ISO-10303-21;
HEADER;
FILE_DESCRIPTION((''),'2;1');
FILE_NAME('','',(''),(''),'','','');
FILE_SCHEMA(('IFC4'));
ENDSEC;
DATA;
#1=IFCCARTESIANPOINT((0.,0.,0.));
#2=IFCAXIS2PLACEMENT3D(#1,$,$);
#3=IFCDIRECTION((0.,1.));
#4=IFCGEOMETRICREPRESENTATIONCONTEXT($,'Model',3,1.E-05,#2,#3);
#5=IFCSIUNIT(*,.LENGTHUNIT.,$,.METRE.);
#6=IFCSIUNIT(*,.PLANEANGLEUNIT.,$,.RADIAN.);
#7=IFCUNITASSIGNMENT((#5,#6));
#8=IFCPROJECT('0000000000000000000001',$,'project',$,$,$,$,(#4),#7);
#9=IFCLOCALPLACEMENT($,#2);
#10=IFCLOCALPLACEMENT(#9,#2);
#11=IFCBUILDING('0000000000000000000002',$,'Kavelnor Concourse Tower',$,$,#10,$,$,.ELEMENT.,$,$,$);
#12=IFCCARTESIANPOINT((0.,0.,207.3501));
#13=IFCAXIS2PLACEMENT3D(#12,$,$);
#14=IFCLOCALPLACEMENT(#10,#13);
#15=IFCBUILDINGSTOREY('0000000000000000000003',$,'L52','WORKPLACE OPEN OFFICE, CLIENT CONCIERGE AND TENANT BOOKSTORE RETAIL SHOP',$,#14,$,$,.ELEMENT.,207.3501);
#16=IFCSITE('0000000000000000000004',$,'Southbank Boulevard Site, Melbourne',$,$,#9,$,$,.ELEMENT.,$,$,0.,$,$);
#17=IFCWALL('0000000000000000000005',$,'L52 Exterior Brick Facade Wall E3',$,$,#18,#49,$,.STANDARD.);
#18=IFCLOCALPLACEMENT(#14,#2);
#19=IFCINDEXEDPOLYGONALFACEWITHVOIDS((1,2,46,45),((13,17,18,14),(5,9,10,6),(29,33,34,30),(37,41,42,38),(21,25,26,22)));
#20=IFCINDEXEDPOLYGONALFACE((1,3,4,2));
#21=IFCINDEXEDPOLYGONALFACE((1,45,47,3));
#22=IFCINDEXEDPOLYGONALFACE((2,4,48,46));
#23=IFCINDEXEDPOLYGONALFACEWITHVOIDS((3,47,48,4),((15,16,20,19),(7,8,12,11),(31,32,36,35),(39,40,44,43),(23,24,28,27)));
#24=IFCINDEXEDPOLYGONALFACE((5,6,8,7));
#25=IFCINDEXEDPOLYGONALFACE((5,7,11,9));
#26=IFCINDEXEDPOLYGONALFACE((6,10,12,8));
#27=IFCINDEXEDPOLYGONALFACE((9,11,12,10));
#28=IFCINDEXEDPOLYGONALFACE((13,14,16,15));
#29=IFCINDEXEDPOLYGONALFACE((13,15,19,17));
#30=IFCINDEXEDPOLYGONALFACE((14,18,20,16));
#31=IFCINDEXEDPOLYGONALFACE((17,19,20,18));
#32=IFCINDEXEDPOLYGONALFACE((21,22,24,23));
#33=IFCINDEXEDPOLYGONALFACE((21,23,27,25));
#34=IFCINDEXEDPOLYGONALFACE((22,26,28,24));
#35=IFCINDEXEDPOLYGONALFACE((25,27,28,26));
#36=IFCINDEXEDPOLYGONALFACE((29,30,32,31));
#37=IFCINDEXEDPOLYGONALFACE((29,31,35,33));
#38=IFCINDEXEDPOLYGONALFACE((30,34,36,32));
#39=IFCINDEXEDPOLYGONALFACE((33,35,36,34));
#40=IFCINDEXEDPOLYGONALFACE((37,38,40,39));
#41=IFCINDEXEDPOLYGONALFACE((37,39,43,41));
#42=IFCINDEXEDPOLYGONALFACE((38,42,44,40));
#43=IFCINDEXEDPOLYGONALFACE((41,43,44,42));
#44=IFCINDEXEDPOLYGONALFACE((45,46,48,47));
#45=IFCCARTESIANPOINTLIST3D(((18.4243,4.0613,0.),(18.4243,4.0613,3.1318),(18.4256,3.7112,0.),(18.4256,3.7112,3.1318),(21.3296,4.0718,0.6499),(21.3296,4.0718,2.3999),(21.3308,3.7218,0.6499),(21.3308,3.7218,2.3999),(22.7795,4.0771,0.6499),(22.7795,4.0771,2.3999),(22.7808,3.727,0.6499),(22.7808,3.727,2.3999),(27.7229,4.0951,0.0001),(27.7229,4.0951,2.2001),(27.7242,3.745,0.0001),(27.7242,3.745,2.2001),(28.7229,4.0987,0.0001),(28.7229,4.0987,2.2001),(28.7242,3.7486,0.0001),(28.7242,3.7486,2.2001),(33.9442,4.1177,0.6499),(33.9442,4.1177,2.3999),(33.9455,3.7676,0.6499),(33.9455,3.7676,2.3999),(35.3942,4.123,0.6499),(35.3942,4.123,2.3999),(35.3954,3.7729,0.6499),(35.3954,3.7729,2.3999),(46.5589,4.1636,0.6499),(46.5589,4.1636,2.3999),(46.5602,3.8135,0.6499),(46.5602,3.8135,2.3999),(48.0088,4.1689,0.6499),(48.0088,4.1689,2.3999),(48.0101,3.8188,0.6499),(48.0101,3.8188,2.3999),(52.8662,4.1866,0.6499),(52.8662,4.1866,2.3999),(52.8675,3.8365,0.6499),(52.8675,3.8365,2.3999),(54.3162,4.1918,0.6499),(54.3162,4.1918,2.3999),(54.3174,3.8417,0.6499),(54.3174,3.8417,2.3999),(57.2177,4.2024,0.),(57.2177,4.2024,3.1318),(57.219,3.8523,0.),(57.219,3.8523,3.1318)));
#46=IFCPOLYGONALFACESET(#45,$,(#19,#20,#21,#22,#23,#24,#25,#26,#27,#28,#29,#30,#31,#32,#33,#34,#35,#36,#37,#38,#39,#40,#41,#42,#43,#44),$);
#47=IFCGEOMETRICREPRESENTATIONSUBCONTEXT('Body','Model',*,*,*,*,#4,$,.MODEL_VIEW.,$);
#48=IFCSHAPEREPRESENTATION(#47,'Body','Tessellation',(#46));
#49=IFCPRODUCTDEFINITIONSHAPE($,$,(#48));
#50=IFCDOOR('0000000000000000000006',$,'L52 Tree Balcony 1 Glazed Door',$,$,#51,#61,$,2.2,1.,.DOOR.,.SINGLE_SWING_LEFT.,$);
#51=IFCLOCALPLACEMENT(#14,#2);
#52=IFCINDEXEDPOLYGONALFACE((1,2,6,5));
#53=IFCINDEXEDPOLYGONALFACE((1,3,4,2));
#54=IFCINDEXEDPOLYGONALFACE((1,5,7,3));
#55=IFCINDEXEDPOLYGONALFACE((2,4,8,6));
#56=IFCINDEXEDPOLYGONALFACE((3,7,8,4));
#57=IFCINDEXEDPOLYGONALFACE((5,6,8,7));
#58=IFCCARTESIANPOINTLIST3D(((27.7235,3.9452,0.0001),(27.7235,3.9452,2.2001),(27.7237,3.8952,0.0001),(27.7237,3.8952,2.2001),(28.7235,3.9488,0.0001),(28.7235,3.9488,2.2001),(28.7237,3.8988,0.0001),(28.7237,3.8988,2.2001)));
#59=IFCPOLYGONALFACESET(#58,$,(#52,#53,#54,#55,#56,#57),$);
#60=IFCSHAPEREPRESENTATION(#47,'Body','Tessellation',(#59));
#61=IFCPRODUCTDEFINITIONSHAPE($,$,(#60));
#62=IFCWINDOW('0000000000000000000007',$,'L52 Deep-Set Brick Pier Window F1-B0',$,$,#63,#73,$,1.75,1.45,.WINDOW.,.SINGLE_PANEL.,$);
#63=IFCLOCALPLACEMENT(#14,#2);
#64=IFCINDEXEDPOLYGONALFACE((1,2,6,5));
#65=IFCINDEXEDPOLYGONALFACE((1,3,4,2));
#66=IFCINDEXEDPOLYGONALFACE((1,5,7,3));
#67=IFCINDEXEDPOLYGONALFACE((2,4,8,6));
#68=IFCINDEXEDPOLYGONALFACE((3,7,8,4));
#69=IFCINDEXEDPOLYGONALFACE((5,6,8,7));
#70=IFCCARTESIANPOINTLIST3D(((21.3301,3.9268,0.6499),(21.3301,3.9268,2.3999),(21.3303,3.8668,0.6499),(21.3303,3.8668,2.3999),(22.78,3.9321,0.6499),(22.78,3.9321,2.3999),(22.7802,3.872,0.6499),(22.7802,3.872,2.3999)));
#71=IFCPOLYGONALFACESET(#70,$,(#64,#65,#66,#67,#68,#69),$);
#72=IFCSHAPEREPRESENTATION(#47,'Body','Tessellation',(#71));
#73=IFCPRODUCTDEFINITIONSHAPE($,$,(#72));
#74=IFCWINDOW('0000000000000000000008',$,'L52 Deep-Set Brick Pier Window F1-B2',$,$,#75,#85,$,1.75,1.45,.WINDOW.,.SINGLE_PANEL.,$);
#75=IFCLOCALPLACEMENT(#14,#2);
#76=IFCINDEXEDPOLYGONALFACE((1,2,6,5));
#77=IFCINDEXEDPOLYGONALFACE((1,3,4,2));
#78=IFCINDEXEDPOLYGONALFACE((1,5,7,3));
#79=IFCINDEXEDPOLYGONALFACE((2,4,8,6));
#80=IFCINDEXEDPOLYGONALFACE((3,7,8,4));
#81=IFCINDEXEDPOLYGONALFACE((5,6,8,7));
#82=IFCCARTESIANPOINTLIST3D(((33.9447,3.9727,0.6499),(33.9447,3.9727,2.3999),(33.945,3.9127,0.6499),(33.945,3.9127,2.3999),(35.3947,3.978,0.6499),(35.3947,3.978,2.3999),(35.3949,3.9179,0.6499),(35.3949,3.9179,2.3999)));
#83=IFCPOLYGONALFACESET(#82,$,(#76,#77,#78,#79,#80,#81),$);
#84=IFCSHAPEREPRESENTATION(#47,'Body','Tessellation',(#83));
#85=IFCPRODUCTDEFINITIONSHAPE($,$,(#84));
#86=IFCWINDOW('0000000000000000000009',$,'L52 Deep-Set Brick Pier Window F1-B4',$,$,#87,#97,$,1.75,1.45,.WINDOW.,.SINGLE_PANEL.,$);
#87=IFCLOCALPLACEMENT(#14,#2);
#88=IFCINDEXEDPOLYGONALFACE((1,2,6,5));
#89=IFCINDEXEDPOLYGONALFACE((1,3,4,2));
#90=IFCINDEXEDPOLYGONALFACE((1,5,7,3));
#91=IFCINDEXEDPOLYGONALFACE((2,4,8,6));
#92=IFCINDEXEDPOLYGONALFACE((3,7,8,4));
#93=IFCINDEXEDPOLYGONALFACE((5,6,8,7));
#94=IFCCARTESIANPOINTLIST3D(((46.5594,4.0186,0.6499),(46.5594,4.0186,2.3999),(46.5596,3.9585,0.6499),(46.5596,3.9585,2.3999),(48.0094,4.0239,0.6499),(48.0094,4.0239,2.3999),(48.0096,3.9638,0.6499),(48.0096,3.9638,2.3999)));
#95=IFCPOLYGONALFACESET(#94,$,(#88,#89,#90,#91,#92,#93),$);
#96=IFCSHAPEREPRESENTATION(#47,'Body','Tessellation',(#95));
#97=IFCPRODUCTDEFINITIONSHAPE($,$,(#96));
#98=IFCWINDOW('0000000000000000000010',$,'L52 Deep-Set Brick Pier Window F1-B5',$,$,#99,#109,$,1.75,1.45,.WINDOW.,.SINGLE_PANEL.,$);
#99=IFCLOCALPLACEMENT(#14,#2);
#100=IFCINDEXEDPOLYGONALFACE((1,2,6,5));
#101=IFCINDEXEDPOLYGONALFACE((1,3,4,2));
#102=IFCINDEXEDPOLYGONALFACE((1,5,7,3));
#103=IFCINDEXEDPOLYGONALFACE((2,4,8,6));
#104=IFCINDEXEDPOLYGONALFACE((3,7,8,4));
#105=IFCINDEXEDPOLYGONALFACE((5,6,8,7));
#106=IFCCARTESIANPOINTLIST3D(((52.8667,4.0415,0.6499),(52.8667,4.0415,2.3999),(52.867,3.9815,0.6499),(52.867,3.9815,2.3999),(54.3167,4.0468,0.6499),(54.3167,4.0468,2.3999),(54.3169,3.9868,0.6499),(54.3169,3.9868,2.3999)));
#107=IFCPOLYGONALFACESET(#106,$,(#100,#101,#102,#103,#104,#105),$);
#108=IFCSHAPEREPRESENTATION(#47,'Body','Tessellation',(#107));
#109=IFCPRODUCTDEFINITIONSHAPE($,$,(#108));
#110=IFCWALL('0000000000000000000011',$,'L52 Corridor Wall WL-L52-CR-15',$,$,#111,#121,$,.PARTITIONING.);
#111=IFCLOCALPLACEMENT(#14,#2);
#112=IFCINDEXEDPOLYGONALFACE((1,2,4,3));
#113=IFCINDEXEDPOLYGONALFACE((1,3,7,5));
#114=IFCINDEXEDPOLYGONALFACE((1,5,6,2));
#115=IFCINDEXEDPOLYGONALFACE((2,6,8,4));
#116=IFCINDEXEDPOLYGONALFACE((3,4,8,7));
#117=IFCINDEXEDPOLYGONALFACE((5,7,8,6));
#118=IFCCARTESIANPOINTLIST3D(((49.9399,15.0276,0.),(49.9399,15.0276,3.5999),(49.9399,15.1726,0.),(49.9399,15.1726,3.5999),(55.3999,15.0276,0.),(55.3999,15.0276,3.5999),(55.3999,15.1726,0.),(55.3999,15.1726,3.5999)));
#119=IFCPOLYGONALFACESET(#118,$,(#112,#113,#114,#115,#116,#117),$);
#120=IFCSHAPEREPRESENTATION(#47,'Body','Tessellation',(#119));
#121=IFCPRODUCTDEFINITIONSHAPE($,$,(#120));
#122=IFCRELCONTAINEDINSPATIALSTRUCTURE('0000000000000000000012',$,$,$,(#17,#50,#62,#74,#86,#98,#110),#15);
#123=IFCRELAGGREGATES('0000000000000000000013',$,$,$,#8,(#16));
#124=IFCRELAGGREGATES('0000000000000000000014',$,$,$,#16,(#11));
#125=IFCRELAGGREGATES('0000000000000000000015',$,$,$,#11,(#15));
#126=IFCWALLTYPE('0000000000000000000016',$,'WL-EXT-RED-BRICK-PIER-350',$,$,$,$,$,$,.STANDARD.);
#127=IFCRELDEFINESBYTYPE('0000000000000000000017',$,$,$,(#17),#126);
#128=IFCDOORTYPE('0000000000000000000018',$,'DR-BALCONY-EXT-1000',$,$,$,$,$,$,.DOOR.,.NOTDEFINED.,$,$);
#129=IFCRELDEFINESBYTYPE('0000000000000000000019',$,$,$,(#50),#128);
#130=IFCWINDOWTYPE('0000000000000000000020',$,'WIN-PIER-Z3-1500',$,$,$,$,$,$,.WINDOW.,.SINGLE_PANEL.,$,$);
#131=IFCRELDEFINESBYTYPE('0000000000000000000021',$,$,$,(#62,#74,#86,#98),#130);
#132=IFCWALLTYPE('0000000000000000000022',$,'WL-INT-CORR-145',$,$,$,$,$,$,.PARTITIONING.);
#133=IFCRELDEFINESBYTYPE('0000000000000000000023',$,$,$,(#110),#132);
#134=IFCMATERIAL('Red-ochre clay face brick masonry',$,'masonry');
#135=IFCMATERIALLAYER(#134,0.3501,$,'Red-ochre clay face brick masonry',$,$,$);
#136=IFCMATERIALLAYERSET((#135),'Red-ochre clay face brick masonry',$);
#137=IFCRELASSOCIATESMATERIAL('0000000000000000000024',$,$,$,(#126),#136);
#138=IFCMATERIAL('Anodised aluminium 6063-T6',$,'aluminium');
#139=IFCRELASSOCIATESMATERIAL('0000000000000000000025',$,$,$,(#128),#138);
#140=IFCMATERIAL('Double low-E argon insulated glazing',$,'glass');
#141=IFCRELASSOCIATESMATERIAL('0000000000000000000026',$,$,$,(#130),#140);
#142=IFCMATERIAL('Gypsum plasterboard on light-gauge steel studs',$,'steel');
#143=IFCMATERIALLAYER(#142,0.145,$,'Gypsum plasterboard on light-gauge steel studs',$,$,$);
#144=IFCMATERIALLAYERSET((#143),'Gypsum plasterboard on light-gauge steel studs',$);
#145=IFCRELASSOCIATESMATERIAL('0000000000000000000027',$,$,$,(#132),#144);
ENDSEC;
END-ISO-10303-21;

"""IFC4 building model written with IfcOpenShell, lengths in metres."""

from ifc_helpers import new_model, si_unit, direction, frame, frame_2d, origin, place, context, subcontext, project, spatial, rectangle, extrude, material, layer, layer_set, type_object, element, fill, save


model = new_model("IFC4")

# Units and contexts
model_context = context("Model", 3, precision=1e-05, world=origin(), true_north=direction((0.0, 1.0)))
body_context = subcontext(model_context, "Body", "Model", "MODEL_VIEW")
ifc_project = project(units=[si_unit("LENGTHUNIT", "METRE"), si_unit("PLANEANGLEUNIT", "RADIAN")], contexts=[model_context])

# Site, building, storey
site_placement = place(None, origin())
site = spatial("IfcSite", under=ifc_project, at=site_placement, Name="Southbank Boulevard Site, Melbourne", CompositionType="ELEMENT", RefElevation=0.0)
building_placement = place(site_placement, origin())
building = spatial("IfcBuilding", under=site, at=building_placement, Name="Kavelnor Concourse Tower", CompositionType="ELEMENT")
storey_placement = place(building_placement, frame((0.0, 0.0, 207.3501)))
storey = spatial("IfcBuildingStorey", under=building, at=storey_placement, Name="L52", Description="WORKPLACE OPEN OFFICE, CLIENT CONCIERGE AND TENANT BOOKSTORE RETAIL SHOP", CompositionType="ELEMENT", Elevation=207.3501)

# Shared definitions
ifc_material_1 = material(Name="Double low-E argon insulated glazing", Category="glass")

# Wall, openings, door, windows
ifc_material_2 = material(Name="Red-ochre clay face brick masonry", Category="masonry")
ifc_layer_1 = layer(ifc_material_2, 0.3501, Name="Red-ochre clay face brick masonry")
ifc_layer_set_1 = layer_set([ifc_layer_1], Name="Red-ochre clay face brick masonry")
wall_type_1 = type_object("IfcWallType", Name="WL-EXT-RED-BRICK-PIER-350", PredefinedType="STANDARD", material=ifc_layer_set_1)
wall_1_placement = place(storey_placement, frame((57.2185, 4.0273, 0.0), z_axis=(0.0, 0.0, 1.0), x_axis=(-0.999993, -0.003638, 0.0)))
wall_1 = element("IfcWall", 1, at=wall_1_placement, inside=storey, type_object=wall_type_1, Name="L52 Exterior Brick Facade Wall E3", PredefinedType="STANDARD", context=body_context, shape_type="SweptSolid", body=[
    extrude(rectangle(XDim=38.7937, YDim=0.3501, at=frame_2d((19.397, 0.0))), origin(), (0.0, 0.0, 1.0), 3.1318),
])
opening_1_placement = place(wall_1_placement, frame((28.4951, 0.0, 0.0)))
opening_1 = element("IfcOpeningElement", 2, at=opening_1_placement, cuts=wall_1, PredefinedType="OPENING", context=body_context, shape_type="SweptSolid", body=[
    extrude(rectangle(XDim=1.0, YDim=2.2, at=frame_2d((0.5, 1.1001))), frame((0.0, 0.1851, 0.0), z_axis=(0.0, -1.0, 0.0), x_axis=(1.0, 0.0, 0.0)), (0.0, 0.0, 1.0), 0.3701),
])
opening_2_placement = place(wall_1_placement, frame((34.4385, 0.0, 0.6499)))
opening_2 = element("IfcOpeningElement", 3, at=opening_2_placement, cuts=wall_1, PredefinedType="OPENING", context=body_context, shape_type="SweptSolid", body=[
    extrude(rectangle(XDim=1.45, YDim=1.75, at=frame_2d((0.7251, 0.875))), frame((0.0, 0.1851, 0.0), z_axis=(0.0, -1.0, 0.0), x_axis=(1.0, 0.0, 0.0)), (0.0, 0.0, 1.0), 0.3701),
])
opening_3_placement = place(wall_1_placement, frame((21.8237, 0.0, 0.6499)))
opening_3 = element("IfcOpeningElement", 4, at=opening_3_placement, cuts=wall_1, PredefinedType="OPENING", context=body_context, shape_type="SweptSolid", body=[
    extrude(rectangle(XDim=1.45, YDim=1.75, at=frame_2d((0.7251, 0.875))), frame((0.0, 0.1851, 0.0), z_axis=(0.0, -1.0, 0.0), x_axis=(1.0, 0.0, 0.0)), (0.0, 0.0, 1.0), 0.3701),
])
opening_4_placement = place(wall_1_placement, frame((9.209, 0.0, 0.6499)))
opening_4 = element("IfcOpeningElement", 5, at=opening_4_placement, cuts=wall_1, PredefinedType="OPENING", context=body_context, shape_type="SweptSolid", body=[
    extrude(rectangle(XDim=1.45, YDim=1.75, at=frame_2d((0.7251, 0.875))), frame((0.0, 0.1851, 0.0), z_axis=(0.0, -1.0, 0.0), x_axis=(1.0, 0.0, 0.0)), (0.0, 0.0, 1.0), 0.3701),
])
opening_5_placement = place(wall_1_placement, frame((2.9016, 0.0, 0.6499)))
opening_5 = element("IfcOpeningElement", 6, at=opening_5_placement, cuts=wall_1, PredefinedType="OPENING", context=body_context, shape_type="SweptSolid", body=[
    extrude(rectangle(XDim=1.45, YDim=1.75, at=frame_2d((0.7251, 0.875))), frame((0.0, 0.1851, 0.0), z_axis=(0.0, -1.0, 0.0), x_axis=(1.0, 0.0, 0.0)), (0.0, 0.0, 1.0), 0.3701),
])
ifc_material_3 = material(Name="Anodised aluminium 6063-T6", Category="aluminium")
door_type = type_object("IfcDoorType", Name="DR-BALCONY-EXT-1000", OperationType="NOTDEFINED", PredefinedType="DOOR", material=ifc_material_3)
door_placement = place(opening_1_placement, origin())
door = element("IfcDoor", 7, at=door_placement, inside=storey, type_object=door_type, Name="L52 Tree Balcony 1 Glazed Door", OperationType="SINGLE_SWING_LEFT", OverallHeight=2.2, OverallWidth=1.0, PredefinedType="DOOR", context=body_context, shape_type="SweptSolid", body=[
    extrude(rectangle(XDim=1.0, YDim=2.2, at=frame_2d((0.5, 1.1001))), frame((0.0, 0.0249, 0.0), z_axis=(0.0, -1.0, 0.0), x_axis=(1.0, 0.0, 0.0)), (0.0, 0.0, 1.0), 0.05),
])
fill(opening_1, door)
window_type_1 = type_object("IfcWindowType", Name="WIN-PIER-Z3-1500", PartitioningType="SINGLE_PANEL", PredefinedType="WINDOW", material=ifc_material_1)
window_1_placement = place(opening_2_placement, origin())
window_1 = element("IfcWindow", 8, at=window_1_placement, inside=storey, type_object=window_type_1, Name="L52 Deep-Set Brick Pier Window F1-B0", OverallHeight=1.75, OverallWidth=1.45, PartitioningType="SINGLE_PANEL", PredefinedType="WINDOW", context=body_context, shape_type="SweptSolid", body=[
    extrude(rectangle(XDim=1.45, YDim=1.75, at=frame_2d((0.7251, 0.875))), frame((0.0, 0.03, 0.0), z_axis=(0.0, -1.0, 0.0), x_axis=(1.0, 0.0, 0.0)), (0.0, 0.0, 1.0), 0.0601),
])
fill(opening_2, window_1)
window_2_placement = place(opening_3_placement, origin())
window_2 = element("IfcWindow", 9, at=window_2_placement, inside=storey, type_object=window_type_1, Name="L52 Deep-Set Brick Pier Window F1-B2", OverallHeight=1.75, OverallWidth=1.45, PartitioningType="SINGLE_PANEL", PredefinedType="WINDOW", context=body_context, shape_type="SweptSolid", body=[
    extrude(rectangle(XDim=1.45, YDim=1.75, at=frame_2d((0.7251, 0.875))), frame((0.0, 0.03, 0.0), z_axis=(0.0, -1.0, 0.0), x_axis=(1.0, 0.0, 0.0)), (0.0, 0.0, 1.0), 0.0601),
])
fill(opening_3, window_2)
window_3_placement = place(opening_4_placement, origin())
window_3 = element("IfcWindow", 10, at=window_3_placement, inside=storey, type_object=window_type_1, Name="L52 Deep-Set Brick Pier Window F1-B4", OverallHeight=1.75, OverallWidth=1.45, PartitioningType="SINGLE_PANEL", PredefinedType="WINDOW", context=body_context, shape_type="SweptSolid", body=[
    extrude(rectangle(XDim=1.45, YDim=1.75, at=frame_2d((0.7251, 0.875))), frame((0.0, 0.03, 0.0), z_axis=(0.0, -1.0, 0.0), x_axis=(1.0, 0.0, 0.0)), (0.0, 0.0, 1.0), 0.0601),
])
fill(opening_4, window_3)
window_4_placement = place(opening_5_placement, origin())
window_4 = element("IfcWindow", 11, at=window_4_placement, inside=storey, type_object=window_type_1, Name="L52 Deep-Set Brick Pier Window F1-B5", OverallHeight=1.75, OverallWidth=1.45, PartitioningType="SINGLE_PANEL", PredefinedType="WINDOW", context=body_context, shape_type="SweptSolid", body=[
    extrude(rectangle(XDim=1.45, YDim=1.75, at=frame_2d((0.7251, 0.875))), frame((0.0, 0.03, 0.0), z_axis=(0.0, -1.0, 0.0), x_axis=(1.0, 0.0, 0.0)), (0.0, 0.0, 1.0), 0.0601),
])
fill(opening_5, window_4)

# Wall
ifc_material_4 = material(Name="Gypsum plasterboard on light-gauge steel studs", Category="steel")
ifc_layer_2 = layer(ifc_material_4, 0.145, Name="Gypsum plasterboard on light-gauge steel studs")
ifc_layer_set_2 = layer_set([ifc_layer_2], Name="Gypsum plasterboard on light-gauge steel studs")
wall_type_2 = type_object("IfcWallType", Name="WL-INT-CORR-145", PredefinedType="PARTITIONING", material=ifc_layer_set_2)
wall_2_placement = place(storey_placement, frame((55.3999, 15.1001, 0.0), z_axis=(0.0, 0.0, 1.0), x_axis=(-1.0, 0.0, 0.0)))
element("IfcWall", 12, at=wall_2_placement, inside=storey, type_object=wall_type_2, Name="L52 Corridor Wall WL-L52-CR-15", PredefinedType="PARTITIONING", context=body_context, shape_type="SweptSolid", body=[
    extrude(rectangle(XDim=5.46, YDim=0.145, at=frame_2d((2.73, 0.0))), origin(), (0.0, 0.0, 1.0), 3.5999),
])

save(model, "model.ifc")
